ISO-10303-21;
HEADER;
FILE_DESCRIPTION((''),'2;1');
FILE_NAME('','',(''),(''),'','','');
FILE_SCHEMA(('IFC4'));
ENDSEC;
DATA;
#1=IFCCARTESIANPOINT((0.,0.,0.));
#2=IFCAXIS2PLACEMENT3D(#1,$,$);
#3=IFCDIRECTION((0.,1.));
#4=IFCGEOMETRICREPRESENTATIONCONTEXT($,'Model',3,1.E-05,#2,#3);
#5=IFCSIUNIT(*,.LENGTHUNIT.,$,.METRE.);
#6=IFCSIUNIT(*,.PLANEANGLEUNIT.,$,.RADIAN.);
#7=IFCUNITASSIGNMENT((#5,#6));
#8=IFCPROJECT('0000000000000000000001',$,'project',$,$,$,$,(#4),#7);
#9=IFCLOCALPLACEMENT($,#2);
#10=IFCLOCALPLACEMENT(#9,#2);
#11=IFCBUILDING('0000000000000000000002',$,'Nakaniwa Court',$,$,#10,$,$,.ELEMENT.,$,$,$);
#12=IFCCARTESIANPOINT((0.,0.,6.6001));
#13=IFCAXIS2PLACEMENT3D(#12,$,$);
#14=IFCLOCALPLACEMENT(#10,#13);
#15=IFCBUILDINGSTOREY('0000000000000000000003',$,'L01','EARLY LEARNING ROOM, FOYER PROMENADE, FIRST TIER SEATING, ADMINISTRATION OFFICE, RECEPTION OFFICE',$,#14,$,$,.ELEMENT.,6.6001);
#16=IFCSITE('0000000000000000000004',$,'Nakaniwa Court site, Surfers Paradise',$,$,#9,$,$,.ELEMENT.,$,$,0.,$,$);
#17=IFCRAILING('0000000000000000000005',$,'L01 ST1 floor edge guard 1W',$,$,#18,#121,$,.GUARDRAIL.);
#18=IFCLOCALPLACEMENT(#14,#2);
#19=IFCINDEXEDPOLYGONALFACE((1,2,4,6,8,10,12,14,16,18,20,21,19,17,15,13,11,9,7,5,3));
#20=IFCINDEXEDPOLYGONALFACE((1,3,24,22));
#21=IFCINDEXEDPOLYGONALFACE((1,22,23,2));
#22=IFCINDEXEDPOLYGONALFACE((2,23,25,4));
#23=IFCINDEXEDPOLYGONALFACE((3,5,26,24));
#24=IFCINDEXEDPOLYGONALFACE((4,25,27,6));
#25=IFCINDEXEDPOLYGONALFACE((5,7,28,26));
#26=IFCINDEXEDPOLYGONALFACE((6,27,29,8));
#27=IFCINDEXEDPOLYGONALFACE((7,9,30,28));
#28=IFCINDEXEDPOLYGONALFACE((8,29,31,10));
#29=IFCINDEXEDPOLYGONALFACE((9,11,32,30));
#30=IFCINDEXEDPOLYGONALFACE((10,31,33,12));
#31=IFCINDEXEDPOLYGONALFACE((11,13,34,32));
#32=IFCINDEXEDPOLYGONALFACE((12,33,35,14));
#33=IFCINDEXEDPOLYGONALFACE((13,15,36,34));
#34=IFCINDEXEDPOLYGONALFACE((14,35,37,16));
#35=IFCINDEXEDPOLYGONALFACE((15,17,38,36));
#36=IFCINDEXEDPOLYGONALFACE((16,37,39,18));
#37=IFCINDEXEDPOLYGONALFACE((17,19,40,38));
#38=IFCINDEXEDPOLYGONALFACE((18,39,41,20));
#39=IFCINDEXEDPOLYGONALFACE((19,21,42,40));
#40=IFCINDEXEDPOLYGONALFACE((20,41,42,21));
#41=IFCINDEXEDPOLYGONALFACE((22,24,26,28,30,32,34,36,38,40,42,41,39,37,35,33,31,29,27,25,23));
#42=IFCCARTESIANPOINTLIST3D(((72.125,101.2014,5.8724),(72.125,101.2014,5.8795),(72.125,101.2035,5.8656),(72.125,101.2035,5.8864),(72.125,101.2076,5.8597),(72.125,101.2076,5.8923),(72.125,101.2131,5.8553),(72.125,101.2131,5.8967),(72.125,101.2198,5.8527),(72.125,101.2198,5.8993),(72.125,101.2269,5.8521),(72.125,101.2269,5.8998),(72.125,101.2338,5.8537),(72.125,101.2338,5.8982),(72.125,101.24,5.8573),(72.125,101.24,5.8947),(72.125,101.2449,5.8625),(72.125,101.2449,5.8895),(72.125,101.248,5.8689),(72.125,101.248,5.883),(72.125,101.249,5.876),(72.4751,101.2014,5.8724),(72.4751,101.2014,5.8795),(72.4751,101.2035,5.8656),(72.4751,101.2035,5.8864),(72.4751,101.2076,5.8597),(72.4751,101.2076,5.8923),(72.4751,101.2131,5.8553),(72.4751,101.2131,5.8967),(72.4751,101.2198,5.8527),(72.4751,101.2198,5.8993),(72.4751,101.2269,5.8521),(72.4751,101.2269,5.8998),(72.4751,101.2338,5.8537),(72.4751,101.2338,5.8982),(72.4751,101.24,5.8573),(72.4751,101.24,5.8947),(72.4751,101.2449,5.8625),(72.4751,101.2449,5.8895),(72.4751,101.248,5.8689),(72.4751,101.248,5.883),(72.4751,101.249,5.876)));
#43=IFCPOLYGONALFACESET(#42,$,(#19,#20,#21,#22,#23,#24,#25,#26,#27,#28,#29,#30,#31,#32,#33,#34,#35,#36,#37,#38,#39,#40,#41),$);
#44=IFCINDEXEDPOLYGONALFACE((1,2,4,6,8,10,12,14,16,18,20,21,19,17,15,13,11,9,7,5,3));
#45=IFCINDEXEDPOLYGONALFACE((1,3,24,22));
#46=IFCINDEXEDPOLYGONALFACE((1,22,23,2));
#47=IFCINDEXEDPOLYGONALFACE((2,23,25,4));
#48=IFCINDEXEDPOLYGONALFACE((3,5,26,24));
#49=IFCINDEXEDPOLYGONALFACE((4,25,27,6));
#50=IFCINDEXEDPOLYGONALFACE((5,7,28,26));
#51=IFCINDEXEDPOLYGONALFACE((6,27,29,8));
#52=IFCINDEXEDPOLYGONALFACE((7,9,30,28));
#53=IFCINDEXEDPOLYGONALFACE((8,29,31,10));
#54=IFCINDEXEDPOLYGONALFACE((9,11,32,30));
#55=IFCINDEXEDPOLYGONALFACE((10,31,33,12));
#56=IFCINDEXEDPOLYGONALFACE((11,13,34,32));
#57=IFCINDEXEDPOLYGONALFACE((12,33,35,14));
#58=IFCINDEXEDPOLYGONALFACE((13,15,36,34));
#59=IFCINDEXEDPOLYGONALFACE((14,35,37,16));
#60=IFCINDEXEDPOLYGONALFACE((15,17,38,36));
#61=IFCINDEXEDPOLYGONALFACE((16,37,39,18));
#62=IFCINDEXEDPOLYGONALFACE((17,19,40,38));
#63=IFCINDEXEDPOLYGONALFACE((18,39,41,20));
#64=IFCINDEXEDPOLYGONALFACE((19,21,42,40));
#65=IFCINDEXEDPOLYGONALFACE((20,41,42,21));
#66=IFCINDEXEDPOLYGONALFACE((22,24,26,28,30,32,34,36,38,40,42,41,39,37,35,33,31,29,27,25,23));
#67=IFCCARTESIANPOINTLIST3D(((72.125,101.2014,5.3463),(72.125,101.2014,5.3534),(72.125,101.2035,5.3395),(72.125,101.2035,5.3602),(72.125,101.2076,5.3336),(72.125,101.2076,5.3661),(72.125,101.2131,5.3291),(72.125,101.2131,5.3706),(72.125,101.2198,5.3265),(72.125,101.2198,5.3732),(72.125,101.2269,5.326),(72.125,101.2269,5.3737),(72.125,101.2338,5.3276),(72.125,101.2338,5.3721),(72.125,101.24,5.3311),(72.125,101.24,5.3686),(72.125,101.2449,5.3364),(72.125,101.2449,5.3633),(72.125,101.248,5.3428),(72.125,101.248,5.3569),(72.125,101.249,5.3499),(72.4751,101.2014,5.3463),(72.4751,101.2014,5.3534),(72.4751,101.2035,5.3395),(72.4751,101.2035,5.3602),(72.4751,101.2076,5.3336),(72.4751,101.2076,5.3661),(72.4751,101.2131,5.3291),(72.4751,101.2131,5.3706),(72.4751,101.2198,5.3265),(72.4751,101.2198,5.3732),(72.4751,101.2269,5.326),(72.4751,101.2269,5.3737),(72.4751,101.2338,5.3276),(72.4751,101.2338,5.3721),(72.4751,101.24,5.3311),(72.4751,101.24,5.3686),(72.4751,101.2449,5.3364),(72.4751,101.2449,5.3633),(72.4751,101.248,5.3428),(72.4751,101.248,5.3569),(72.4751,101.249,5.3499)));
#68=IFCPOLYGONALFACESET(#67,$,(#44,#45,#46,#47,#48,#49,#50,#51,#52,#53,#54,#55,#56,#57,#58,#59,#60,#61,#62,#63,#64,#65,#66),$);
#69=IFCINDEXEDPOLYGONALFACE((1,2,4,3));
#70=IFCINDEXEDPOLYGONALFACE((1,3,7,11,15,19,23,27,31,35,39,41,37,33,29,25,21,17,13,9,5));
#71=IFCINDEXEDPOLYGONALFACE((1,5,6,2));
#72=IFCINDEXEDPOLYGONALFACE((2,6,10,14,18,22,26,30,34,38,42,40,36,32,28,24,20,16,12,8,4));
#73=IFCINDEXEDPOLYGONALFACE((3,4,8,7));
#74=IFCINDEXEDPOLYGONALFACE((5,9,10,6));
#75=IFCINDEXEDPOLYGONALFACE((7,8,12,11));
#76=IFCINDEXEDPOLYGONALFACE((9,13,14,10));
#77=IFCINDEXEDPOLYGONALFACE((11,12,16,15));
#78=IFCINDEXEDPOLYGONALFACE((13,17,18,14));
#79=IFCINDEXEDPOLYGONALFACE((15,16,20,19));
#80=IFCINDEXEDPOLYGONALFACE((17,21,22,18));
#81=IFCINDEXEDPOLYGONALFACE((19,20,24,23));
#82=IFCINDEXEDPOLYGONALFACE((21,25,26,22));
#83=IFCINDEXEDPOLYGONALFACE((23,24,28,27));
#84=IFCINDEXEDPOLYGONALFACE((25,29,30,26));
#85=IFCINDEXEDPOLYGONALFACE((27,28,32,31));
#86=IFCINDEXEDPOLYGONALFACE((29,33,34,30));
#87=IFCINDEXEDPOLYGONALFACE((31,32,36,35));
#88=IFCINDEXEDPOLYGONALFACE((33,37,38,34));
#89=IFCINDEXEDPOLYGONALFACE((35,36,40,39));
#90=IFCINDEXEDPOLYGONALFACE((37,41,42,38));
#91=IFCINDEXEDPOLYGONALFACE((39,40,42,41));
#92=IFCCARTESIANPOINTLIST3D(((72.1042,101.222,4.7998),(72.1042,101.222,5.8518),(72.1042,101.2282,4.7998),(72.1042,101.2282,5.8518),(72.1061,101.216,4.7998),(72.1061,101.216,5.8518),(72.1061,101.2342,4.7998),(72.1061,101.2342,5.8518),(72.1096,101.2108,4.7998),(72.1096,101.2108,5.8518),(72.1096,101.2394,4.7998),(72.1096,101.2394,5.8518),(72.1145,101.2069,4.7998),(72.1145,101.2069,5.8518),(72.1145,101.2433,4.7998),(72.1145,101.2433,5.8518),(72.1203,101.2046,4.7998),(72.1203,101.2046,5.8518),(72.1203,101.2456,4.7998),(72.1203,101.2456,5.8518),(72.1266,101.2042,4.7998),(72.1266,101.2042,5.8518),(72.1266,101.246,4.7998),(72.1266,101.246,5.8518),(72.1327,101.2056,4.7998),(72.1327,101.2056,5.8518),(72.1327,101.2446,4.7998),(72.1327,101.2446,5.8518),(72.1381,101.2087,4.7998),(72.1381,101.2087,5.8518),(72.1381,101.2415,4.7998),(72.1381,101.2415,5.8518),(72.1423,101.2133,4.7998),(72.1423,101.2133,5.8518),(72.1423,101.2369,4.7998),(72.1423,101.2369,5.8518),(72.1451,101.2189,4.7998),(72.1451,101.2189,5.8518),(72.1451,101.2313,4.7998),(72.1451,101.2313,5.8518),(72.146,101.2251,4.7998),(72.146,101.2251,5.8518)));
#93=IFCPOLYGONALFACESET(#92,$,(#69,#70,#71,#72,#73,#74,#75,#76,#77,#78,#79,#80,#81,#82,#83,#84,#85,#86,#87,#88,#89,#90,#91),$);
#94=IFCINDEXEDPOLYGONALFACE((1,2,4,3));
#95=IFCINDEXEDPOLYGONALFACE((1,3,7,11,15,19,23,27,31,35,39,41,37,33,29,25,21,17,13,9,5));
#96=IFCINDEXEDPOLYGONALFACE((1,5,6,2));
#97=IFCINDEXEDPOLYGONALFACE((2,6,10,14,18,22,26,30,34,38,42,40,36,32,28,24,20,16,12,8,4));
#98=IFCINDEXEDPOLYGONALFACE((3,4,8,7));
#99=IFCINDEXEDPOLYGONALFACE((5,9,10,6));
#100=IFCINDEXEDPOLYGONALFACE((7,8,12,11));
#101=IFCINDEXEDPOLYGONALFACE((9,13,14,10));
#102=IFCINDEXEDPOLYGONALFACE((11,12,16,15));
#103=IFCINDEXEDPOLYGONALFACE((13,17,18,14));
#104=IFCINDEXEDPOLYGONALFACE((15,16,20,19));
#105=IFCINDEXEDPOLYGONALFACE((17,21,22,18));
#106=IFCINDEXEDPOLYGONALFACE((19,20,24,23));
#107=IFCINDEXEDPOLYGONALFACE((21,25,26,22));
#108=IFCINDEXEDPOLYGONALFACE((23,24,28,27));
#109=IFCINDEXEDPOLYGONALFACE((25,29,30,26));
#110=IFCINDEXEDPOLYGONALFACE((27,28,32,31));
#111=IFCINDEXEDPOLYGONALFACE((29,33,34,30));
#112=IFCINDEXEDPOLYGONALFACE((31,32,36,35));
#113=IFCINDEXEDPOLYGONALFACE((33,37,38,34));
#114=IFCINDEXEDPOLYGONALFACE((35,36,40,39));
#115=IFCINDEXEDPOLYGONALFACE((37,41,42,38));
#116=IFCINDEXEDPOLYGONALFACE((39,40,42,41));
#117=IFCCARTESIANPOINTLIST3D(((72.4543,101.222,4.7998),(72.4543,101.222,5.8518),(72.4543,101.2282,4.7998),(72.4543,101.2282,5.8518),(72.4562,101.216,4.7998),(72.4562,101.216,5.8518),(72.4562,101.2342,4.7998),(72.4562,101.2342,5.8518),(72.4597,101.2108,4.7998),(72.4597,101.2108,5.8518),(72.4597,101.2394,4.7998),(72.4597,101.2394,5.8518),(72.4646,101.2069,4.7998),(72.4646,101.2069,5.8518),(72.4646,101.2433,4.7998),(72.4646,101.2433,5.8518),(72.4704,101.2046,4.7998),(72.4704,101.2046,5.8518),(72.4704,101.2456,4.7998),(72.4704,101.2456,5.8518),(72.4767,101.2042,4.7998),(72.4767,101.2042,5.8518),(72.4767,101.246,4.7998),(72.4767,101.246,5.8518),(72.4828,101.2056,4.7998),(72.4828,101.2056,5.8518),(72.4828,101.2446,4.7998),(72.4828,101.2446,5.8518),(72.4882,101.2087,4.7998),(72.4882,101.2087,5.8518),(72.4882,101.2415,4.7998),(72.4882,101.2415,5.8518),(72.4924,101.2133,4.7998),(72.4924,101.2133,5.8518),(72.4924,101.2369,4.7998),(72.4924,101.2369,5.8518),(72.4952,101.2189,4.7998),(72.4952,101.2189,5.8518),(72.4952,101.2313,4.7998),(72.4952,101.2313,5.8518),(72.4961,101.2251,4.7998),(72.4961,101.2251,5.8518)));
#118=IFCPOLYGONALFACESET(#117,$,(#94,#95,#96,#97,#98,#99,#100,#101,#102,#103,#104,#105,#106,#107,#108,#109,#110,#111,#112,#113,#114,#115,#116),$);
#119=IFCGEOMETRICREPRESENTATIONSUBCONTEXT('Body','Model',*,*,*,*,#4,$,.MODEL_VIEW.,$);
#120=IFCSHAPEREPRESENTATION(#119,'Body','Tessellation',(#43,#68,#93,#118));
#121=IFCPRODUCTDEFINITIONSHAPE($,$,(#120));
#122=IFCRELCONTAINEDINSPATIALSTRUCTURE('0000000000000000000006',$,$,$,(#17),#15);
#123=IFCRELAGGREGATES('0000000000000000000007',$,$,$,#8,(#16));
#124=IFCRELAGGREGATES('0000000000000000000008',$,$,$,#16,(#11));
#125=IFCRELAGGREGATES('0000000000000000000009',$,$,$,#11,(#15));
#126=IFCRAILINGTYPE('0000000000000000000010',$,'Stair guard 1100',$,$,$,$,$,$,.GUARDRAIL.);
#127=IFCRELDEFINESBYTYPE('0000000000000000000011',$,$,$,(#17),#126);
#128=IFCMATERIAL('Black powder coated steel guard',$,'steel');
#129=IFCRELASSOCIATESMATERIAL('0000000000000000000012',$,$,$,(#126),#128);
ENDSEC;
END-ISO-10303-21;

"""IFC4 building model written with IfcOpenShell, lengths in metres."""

from ifc_helpers import new_model, si_unit, direction, frame, origin, origin_2d, place, context, subcontext, project, spatial, circle, extrude, material, type_object, element, save


model = new_model("IFC4")

# Units and contexts
model_context = context("Model", 3, precision=1e-05, world=origin(), true_north=direction((0.0, 1.0)))
body_context = subcontext(model_context, "Body", "Model", "MODEL_VIEW")
ifc_project = project(units=[si_unit("LENGTHUNIT", "METRE"), si_unit("PLANEANGLEUNIT", "RADIAN")], contexts=[model_context])

# Site, building, storey
site_placement = place(None, origin())
site = spatial("IfcSite", under=ifc_project, at=site_placement, Name="Nakaniwa Court site, Surfers Paradise", CompositionType="ELEMENT", RefElevation=0.0)
building_placement = place(site_placement, origin())
building = spatial("IfcBuilding", under=site, at=building_placement, Name="Nakaniwa Court", CompositionType="ELEMENT")
storey_placement = place(building_placement, frame((0.0, 0.0, 6.6001)))
storey = spatial("IfcBuildingStorey", under=building, at=storey_placement, Name="L01", Description="EARLY LEARNING ROOM, FOYER PROMENADE, FIRST TIER SEATING, ADMINISTRATION OFFICE, RECEPTION OFFICE", CompositionType="ELEMENT", Elevation=6.6001)

# Railing
ifc_material_1 = material(Name="Black powder coated steel guard", Category="steel")
railing_type_1 = type_object("IfcRailingType", Name="Stair guard 1100", PredefinedType="GUARDRAIL", material=ifc_material_1)
railing_1_placement = place(storey_placement, frame((72.125, 101.2251, 4.7998)))
element("IfcRailing", 1, at=railing_1_placement, inside=storey, type_object=railing_type_1, Name="L01 ST1 floor edge guard 1W", PredefinedType="GUARDRAIL", context=body_context, shape_type="SweptSolid", body=[
    extrude(circle(Radius=0.0239, at=origin_2d()), frame((0.0, 0.0, 1.0762), z_axis=(1.0, 0.0, 0.0), x_axis=(0.0, 1.0, 0.0)), (0.0, 0.0, 1.0), 0.3501),
    extrude(circle(Radius=0.0239, at=origin_2d()), frame((0.0, 0.0, 0.55), z_axis=(1.0, 0.0, 0.0), x_axis=(0.0, 1.0, 0.0)), (0.0, 0.0, 1.0), 0.3501),
    extrude(circle(Radius=0.021, at=origin_2d()), origin(), (0.0, 0.0, 1.0), 1.052),
    extrude(circle(Radius=0.021, at=origin_2d()), frame((0.3501, 0.0, 0.0)), (0.0, 0.0, 1.0), 1.052),
])

save(model, "model.ifc")
